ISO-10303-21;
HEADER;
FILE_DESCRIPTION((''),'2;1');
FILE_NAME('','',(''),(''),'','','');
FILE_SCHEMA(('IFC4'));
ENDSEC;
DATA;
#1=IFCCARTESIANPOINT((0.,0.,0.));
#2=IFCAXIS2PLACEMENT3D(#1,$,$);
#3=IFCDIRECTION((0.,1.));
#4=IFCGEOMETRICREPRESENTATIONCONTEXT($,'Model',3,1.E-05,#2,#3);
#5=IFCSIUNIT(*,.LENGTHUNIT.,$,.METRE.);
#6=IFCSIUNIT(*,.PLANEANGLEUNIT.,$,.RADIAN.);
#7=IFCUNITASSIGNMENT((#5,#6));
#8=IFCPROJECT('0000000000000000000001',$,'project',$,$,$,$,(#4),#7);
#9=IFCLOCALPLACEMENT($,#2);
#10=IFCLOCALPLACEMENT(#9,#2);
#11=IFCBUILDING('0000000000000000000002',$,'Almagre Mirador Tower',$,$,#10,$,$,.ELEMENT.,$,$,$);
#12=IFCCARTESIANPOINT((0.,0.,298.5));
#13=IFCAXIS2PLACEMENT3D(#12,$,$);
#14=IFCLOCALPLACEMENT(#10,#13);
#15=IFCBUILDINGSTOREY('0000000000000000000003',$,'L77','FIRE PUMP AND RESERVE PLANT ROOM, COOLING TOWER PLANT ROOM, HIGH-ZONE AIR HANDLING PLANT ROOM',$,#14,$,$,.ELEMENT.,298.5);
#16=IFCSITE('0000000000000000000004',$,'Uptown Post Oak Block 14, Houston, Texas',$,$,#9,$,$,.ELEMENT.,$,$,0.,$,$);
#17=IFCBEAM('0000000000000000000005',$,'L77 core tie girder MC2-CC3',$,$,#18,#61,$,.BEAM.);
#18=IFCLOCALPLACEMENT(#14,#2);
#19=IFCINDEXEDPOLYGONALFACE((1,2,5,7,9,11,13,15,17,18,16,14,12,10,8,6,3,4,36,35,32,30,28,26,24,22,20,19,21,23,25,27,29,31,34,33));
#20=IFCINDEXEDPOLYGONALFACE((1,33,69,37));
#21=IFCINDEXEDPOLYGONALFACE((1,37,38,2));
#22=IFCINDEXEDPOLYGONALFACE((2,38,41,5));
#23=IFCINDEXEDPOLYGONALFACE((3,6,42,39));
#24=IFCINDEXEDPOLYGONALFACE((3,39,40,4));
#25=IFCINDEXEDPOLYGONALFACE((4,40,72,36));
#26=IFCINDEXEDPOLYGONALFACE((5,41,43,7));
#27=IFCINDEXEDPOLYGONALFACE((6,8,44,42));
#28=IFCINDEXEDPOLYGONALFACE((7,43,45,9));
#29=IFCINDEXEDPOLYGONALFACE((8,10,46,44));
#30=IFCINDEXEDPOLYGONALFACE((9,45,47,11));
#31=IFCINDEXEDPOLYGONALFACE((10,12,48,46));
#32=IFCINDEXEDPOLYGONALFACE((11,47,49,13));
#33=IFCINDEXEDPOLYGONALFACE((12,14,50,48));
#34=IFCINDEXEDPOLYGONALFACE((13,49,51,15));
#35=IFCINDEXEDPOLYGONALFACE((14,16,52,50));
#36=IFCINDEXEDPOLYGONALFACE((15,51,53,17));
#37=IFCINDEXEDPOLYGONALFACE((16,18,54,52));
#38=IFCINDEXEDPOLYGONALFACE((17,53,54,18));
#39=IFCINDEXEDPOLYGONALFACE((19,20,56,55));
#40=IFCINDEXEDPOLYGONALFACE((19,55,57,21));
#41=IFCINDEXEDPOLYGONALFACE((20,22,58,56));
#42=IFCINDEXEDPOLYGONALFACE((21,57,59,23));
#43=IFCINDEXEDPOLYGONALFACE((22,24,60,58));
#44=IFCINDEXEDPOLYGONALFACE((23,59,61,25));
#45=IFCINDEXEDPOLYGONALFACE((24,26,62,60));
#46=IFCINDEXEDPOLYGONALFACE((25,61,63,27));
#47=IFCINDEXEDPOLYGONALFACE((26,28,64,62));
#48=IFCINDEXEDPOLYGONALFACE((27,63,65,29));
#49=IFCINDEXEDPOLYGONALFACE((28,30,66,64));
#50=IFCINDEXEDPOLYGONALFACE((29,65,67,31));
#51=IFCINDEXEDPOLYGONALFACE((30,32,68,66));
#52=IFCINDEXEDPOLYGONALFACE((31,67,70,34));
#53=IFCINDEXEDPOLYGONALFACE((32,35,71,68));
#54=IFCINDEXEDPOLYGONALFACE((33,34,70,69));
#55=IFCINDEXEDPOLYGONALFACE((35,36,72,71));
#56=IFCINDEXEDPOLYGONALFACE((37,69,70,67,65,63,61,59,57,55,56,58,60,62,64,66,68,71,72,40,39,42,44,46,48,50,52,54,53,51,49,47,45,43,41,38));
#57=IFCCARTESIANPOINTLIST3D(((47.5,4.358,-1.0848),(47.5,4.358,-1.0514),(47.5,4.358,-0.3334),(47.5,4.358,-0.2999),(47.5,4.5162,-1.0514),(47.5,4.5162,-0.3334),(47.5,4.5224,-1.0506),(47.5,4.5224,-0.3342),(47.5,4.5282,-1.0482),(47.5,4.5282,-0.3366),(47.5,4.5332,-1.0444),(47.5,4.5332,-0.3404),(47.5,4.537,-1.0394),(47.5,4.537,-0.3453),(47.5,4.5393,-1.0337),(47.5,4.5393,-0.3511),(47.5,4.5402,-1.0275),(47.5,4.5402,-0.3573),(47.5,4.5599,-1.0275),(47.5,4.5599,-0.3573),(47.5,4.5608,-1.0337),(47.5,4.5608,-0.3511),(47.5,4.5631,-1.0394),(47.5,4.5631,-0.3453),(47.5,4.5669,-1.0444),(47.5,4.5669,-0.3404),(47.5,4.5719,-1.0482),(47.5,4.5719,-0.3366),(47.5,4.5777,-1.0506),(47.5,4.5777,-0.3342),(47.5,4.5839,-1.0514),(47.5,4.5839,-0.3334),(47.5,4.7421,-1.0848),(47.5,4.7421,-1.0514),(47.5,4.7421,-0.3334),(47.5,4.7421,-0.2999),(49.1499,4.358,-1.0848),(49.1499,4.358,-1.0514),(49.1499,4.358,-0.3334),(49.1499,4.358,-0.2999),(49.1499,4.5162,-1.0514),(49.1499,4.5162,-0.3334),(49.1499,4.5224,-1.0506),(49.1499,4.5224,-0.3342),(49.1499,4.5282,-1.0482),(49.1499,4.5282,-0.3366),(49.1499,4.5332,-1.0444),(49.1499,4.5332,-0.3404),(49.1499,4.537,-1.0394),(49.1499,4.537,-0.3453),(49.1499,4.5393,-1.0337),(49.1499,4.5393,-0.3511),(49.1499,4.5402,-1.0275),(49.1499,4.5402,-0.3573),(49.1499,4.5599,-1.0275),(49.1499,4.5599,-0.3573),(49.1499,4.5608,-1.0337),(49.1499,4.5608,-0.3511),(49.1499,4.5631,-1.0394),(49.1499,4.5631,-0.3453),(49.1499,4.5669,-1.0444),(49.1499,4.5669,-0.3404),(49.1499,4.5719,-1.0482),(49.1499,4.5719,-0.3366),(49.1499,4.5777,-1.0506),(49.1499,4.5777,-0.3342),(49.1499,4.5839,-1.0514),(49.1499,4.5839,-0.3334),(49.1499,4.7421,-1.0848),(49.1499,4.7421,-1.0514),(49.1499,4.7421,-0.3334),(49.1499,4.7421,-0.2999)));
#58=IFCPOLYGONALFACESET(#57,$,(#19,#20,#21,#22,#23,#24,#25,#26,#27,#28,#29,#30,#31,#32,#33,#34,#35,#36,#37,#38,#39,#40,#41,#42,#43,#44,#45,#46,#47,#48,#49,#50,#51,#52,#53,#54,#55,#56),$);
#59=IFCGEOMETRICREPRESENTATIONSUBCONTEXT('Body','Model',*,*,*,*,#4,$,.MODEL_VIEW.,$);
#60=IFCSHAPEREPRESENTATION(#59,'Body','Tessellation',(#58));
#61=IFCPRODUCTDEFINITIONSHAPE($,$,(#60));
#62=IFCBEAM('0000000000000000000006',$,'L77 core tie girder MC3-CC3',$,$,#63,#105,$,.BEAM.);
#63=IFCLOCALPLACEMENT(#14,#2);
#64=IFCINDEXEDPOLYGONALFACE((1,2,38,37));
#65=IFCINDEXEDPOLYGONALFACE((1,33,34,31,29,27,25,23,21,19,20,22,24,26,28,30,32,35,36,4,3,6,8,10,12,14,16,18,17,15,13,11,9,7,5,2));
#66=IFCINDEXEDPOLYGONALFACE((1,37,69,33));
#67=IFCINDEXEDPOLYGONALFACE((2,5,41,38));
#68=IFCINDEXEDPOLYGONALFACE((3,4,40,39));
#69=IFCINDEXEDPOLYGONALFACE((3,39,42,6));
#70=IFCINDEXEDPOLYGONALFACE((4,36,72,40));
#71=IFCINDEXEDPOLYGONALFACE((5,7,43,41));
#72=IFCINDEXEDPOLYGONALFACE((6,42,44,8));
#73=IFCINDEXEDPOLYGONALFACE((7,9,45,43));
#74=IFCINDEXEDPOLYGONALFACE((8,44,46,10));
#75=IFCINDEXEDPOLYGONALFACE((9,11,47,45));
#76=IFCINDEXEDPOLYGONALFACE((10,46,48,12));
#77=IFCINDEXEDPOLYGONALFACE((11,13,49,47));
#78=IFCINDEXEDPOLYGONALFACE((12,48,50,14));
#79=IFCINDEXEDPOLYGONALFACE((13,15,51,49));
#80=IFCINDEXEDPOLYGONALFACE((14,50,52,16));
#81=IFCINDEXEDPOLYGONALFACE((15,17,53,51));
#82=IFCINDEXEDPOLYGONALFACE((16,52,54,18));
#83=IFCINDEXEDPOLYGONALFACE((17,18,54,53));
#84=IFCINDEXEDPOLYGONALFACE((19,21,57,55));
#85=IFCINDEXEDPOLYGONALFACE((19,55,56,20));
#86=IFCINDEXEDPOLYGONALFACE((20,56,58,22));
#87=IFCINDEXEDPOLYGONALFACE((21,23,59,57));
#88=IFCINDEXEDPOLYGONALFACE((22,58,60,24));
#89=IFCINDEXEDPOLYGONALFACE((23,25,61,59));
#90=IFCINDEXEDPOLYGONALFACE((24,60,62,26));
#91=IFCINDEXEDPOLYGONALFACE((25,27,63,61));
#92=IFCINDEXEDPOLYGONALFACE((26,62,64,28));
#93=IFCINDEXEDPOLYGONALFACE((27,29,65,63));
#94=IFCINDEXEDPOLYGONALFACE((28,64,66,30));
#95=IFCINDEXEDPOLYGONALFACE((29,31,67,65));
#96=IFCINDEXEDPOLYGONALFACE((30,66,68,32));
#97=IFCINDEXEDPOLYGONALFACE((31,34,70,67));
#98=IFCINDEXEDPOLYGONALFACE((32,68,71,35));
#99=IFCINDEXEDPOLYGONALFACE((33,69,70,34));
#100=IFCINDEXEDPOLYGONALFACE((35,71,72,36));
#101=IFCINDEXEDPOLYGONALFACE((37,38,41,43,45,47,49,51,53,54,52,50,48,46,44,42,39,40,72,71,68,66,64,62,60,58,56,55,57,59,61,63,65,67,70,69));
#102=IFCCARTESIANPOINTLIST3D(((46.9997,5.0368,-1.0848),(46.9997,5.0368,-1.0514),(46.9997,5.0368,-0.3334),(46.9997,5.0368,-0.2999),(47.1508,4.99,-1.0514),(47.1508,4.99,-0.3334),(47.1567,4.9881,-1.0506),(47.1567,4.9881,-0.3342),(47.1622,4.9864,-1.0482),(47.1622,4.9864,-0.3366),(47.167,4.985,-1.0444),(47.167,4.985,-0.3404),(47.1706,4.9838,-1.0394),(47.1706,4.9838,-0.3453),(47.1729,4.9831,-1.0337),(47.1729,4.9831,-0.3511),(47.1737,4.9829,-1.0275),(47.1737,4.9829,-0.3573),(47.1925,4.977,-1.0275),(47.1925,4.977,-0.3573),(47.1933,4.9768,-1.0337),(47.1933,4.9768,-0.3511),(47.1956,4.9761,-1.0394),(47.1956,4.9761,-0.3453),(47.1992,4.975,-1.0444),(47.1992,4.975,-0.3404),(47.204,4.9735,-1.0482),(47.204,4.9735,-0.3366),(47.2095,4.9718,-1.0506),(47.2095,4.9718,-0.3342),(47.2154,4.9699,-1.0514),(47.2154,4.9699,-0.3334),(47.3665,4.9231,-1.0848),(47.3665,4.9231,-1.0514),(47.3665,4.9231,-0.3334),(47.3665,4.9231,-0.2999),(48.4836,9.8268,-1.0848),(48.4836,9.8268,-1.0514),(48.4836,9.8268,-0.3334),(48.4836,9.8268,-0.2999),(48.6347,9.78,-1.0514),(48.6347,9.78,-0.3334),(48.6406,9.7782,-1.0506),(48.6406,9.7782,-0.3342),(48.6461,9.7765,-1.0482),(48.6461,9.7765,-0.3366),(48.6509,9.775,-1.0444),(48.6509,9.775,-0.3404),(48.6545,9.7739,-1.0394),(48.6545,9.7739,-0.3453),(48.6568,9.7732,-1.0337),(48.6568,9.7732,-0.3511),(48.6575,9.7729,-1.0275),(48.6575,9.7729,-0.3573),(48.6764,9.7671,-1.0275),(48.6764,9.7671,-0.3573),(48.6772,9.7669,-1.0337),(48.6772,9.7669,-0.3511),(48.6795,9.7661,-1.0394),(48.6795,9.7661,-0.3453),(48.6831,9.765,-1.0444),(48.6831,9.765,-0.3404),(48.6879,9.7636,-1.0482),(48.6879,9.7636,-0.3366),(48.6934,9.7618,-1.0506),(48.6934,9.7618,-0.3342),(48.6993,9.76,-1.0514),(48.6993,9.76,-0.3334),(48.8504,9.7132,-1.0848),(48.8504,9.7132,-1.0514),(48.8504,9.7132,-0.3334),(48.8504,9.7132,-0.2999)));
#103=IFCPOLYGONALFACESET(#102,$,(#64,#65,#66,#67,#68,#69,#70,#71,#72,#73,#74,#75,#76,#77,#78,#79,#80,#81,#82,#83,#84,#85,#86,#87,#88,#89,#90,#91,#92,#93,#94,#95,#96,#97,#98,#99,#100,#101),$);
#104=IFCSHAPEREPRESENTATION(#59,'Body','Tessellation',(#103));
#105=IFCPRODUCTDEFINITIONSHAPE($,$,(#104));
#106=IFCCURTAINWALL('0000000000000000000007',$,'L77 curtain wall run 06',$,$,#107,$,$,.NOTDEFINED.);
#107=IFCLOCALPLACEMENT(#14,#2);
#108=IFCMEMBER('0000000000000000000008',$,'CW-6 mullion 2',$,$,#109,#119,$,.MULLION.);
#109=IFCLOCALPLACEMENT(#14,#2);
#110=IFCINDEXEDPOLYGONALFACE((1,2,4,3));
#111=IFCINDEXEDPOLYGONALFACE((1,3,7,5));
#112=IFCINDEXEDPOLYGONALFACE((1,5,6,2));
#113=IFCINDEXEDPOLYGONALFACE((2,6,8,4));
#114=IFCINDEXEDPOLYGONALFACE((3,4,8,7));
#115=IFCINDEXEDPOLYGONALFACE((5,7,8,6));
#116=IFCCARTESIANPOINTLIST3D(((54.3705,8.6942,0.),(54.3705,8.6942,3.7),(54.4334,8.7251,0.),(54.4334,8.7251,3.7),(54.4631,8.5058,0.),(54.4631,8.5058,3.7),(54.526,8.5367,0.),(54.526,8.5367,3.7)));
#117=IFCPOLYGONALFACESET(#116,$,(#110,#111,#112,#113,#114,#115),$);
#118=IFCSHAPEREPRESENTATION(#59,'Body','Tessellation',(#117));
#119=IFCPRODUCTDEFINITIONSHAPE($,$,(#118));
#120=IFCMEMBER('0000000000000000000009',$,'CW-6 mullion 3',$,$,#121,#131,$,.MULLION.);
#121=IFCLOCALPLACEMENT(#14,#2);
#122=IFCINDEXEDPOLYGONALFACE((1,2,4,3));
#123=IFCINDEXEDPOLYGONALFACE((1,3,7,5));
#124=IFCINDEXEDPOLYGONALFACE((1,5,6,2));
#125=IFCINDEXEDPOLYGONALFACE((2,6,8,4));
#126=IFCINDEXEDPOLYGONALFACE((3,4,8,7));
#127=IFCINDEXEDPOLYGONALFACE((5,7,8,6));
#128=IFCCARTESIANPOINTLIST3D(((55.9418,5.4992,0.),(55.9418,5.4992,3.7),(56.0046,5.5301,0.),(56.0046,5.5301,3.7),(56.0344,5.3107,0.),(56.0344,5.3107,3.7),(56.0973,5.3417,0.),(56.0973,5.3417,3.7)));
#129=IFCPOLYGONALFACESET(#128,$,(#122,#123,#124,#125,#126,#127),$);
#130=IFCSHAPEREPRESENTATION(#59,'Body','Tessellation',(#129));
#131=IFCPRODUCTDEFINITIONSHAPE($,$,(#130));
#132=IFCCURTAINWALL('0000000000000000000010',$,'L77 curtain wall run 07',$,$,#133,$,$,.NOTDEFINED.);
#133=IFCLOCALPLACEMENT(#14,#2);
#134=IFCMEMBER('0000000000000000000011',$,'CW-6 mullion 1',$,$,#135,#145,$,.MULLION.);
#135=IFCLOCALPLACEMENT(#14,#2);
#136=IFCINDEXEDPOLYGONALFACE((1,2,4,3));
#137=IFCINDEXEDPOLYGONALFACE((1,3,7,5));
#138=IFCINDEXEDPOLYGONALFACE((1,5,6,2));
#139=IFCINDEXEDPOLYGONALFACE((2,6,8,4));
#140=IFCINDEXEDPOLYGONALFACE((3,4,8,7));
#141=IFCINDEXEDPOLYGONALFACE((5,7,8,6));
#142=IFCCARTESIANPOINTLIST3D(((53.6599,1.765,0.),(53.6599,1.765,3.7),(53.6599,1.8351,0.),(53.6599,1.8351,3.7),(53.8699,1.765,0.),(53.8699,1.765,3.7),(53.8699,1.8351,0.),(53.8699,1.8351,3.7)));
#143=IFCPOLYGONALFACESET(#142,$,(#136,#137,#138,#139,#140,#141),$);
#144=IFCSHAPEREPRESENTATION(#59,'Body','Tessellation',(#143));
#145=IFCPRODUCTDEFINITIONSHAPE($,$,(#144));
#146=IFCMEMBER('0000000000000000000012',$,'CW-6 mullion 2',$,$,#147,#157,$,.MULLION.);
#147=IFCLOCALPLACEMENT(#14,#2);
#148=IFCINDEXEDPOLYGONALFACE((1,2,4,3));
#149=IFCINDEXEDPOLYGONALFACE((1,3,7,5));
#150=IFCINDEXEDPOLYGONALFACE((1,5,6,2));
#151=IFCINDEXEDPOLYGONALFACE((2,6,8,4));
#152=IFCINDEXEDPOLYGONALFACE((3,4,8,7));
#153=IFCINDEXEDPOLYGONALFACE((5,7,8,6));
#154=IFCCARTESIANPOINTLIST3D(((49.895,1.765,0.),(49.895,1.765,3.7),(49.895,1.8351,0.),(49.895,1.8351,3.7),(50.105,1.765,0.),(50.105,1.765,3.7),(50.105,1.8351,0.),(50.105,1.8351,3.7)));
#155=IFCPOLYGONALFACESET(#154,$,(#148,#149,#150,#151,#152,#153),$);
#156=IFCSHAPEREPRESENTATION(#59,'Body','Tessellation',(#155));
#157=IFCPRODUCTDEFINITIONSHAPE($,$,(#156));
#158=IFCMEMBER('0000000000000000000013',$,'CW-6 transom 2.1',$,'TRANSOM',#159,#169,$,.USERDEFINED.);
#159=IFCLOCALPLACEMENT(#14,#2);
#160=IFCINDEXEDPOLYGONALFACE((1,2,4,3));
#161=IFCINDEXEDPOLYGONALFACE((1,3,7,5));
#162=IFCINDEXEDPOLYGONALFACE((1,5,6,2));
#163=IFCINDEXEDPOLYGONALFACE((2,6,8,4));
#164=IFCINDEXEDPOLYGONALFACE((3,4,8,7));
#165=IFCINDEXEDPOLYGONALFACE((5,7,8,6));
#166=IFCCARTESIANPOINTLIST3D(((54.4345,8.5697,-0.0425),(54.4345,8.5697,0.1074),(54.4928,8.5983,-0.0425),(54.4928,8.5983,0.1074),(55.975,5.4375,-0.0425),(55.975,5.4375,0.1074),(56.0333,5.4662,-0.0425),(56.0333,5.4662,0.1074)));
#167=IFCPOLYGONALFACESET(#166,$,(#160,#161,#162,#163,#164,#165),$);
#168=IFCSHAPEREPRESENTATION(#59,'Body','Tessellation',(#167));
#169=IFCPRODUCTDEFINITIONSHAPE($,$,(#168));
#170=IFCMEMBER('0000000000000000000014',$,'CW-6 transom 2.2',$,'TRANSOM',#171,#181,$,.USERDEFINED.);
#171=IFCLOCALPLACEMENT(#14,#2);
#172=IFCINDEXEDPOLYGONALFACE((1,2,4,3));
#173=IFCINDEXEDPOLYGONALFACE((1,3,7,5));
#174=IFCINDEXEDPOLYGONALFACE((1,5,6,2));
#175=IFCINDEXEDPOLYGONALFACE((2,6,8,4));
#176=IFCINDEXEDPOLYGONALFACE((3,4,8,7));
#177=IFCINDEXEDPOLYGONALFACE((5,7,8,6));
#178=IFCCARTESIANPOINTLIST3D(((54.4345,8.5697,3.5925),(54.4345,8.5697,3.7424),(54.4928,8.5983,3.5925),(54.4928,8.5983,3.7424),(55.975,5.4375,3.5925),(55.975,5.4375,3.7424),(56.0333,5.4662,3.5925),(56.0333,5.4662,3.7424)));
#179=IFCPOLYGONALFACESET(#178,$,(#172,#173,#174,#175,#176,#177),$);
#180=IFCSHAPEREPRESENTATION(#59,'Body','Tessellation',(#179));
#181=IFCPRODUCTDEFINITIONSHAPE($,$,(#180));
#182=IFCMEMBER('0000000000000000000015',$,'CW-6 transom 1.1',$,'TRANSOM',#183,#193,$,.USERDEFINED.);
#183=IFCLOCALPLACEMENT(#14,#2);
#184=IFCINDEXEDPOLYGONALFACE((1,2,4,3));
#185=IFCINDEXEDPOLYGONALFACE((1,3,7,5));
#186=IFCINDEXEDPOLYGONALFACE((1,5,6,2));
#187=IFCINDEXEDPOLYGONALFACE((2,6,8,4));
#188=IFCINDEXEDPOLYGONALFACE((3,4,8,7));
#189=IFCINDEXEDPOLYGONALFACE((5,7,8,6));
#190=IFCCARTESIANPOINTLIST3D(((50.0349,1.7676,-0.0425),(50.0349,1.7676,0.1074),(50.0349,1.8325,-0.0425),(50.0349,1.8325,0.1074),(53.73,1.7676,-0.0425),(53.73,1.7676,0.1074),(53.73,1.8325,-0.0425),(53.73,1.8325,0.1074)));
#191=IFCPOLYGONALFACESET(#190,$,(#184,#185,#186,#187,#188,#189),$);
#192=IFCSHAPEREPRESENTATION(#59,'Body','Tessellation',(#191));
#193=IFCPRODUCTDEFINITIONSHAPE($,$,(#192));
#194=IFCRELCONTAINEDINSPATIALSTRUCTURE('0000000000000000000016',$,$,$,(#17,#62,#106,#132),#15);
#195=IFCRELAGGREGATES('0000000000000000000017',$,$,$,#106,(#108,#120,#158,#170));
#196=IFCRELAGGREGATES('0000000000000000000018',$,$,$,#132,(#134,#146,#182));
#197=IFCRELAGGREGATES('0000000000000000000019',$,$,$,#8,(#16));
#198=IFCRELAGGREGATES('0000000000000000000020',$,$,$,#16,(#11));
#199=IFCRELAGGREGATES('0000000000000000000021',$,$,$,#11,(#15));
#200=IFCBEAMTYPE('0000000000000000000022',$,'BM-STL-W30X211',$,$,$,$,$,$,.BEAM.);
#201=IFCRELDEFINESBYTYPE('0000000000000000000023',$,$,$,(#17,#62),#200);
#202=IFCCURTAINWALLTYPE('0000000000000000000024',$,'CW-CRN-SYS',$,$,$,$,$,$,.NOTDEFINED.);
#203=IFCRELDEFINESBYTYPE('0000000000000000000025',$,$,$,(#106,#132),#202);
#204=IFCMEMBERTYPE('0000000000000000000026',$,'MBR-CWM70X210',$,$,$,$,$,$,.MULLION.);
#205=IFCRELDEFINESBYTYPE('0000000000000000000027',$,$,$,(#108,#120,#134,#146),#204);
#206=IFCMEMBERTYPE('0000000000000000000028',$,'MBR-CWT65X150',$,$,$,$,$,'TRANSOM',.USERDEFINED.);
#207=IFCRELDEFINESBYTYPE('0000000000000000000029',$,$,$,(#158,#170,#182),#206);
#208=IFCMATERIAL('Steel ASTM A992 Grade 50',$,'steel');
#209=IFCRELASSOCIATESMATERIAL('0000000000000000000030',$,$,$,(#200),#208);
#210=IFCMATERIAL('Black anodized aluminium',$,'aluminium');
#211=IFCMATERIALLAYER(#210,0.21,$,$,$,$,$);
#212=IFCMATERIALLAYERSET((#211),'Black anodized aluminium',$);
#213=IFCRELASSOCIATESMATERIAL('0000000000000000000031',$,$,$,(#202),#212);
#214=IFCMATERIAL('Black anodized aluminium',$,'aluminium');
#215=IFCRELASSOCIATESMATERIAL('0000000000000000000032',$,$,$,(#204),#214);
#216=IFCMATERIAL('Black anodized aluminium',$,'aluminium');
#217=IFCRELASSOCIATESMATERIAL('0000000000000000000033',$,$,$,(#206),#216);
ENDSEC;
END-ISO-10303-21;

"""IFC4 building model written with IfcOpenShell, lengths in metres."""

from ifc_helpers import new_model, si_unit, direction, frame, origin, origin_2d, place, context, subcontext, project, spatial, rectangle, i_section, extrude, material, layer, layer_set, material_profile, profile_set, type_object, element, aggregate, save


model = new_model("IFC4")

# Units and contexts
model_context = context("Model", 3, precision=1e-05, world=origin(), true_north=direction((0.0, 1.0)))
body_context = subcontext(model_context, "Body", "Model", "MODEL_VIEW")
ifc_project = project(units=[si_unit("LENGTHUNIT", "METRE"), si_unit("PLANEANGLEUNIT", "RADIAN")], contexts=[model_context])

# Site, building, storey
site_placement = place(None, origin())
site = spatial("IfcSite", under=ifc_project, at=site_placement, Name="Uptown Post Oak Block 14, Houston, Texas", CompositionType="ELEMENT", RefElevation=0.0)
building_placement = place(site_placement, origin())
building = spatial("IfcBuilding", under=site, at=building_placement, Name="Almagre Mirador Tower", CompositionType="ELEMENT")
storey_placement = place(building_placement, frame((0.0, 0.0, 298.5)))
storey = spatial("IfcBuildingStorey", under=building, at=storey_placement, Name="L77", Description="FIRE PUMP AND RESERVE PLANT ROOM, COOLING TOWER PLANT ROOM, HIGH-ZONE AIR HANDLING PLANT ROOM", CompositionType="ELEMENT", Elevation=298.5)

# Beams
ifc_material_1 = material(Name="Steel ASTM A992 Grade 50", Category="steel")
ifc_material_profile_1 = material_profile(ifc_material_1, i_section(OverallWidth=0.384, OverallDepth=0.7849, WebThickness=0.0198, FlangeThickness=0.0334, FilletRadius=0.0239, at=origin_2d()), Name="W30X211")
ifc_profile_set_1 = profile_set([ifc_material_profile_1], Name="Steel ASTM A992 Grade 50")
beam_type_1 = type_object("IfcBeamType", Name="BM-STL-W30X211", PredefinedType="BEAM", material=ifc_profile_set_1)
beam_1_placement = place(storey_placement, frame((49.1499, 4.55, -0.6924), z_axis=(-1.0, 0.0, 0.0), x_axis=(0.0, -1.0, 0.0)))
element("IfcBeam", 1, at=beam_1_placement, inside=storey, type_object=beam_type_1, Name="L77 core tie girder MC2-CC3", PredefinedType="BEAM", context=body_context, shape_type="SweptSolid", body=[
    extrude(i_section(OverallWidth=0.384, OverallDepth=0.7849, WebThickness=0.0198, FlangeThickness=0.0334, FilletRadius=0.0239, at=origin_2d()), origin(), (0.0, 0.0, 1.0), 1.6499),
])
beam_2_placement = place(storey_placement, frame((48.667, 9.77, -0.6924), z_axis=(-0.295912, -0.955215, 0.0), x_axis=(0.955215, -0.295912, 0.0)))
element("IfcBeam", 2, at=beam_2_placement, inside=storey, type_object=beam_type_1, Name="L77 core tie girder MC3-CC3", PredefinedType="BEAM", context=body_context, shape_type="SweptSolid", body=[
    extrude(i_section(OverallWidth=0.384, OverallDepth=0.7849, WebThickness=0.0198, FlangeThickness=0.0334, FilletRadius=0.0239, at=origin_2d()), origin(), (0.0, 0.0, 1.0), 5.0146),
])

# Curtain walls, members
ifc_material_2 = material(Name="Black anodized aluminium", Category="aluminium")
ifc_layer_1 = layer(ifc_material_2, 0.21)
ifc_layer_set_1 = layer_set([ifc_layer_1], Name="Black anodized aluminium")
curtain_wall_type = type_object("IfcCurtainWallType", Name="CW-CRN-SYS", PredefinedType="NOTDEFINED", material=ifc_layer_set_1)
curtain_wall_1_placement = place(storey_placement, origin())
curtain_wall_1 = element("IfcCurtainWall", 3, at=curtain_wall_1_placement, inside=storey, type_object=curtain_wall_type, Name="L77 curtain wall run 06", PredefinedType="NOTDEFINED")
ifc_material_3 = material(Name="Black anodized aluminium", Category="aluminium")
ifc_material_profile_2 = material_profile(ifc_material_3, rectangle(XDim=0.0701, YDim=0.21, at=origin_2d()), Name="CWM70X210")
ifc_profile_set_2 = profile_set([ifc_material_profile_2], Name="Black anodized aluminium")
member_type_1 = type_object("IfcMemberType", Name="MBR-CWM70X210", PredefinedType="MULLION", material=ifc_profile_set_2)
member_1_placement = place(storey_placement, frame((54.4482, 8.6155, 0.0), z_axis=(0.0, 0.0, 1.0), x_axis=(0.897356, 0.441308, 0.0)))
member_1 = element("IfcMember", 4, at=member_1_placement, type_object=member_type_1, Name="CW-6 mullion 2", PredefinedType="MULLION", context=body_context, shape_type="SweptSolid", body=[
    extrude(rectangle(XDim=0.0701, YDim=0.21, at=origin_2d()), origin(), (0.0, 0.0, 1.0), 3.7),
])
member_2_placement = place(storey_placement, frame((56.0195, 5.4204, 0.0), z_axis=(0.0, 0.0, 1.0), x_axis=(0.897356, 0.441308, 0.0)))
member_2 = element("IfcMember", 5, at=member_2_placement, type_object=member_type_1, Name="CW-6 mullion 3", PredefinedType="MULLION", context=body_context, shape_type="SweptSolid", body=[
    extrude(rectangle(XDim=0.0701, YDim=0.21, at=origin_2d()), origin(), (0.0, 0.0, 1.0), 3.7),
])
curtain_wall_2_placement = place(storey_placement, origin())
curtain_wall_2 = element("IfcCurtainWall", 6, at=curtain_wall_2_placement, inside=storey, type_object=curtain_wall_type, Name="L77 curtain wall run 07", PredefinedType="NOTDEFINED")
member_3_placement = place(storey_placement, frame((53.7649, 1.8, 0.0), z_axis=(0.0, 0.0, 1.0), x_axis=(0.0, -1.0, 0.0)))
member_3 = element("IfcMember", 7, at=member_3_placement, type_object=member_type_1, Name="CW-6 mullion 1", PredefinedType="MULLION", context=body_context, shape_type="SweptSolid", body=[
    extrude(rectangle(XDim=0.0701, YDim=0.21, at=origin_2d()), origin(), (0.0, 0.0, 1.0), 3.7),
])
member_4_placement = place(storey_placement, frame((50.0, 1.8, 0.0), z_axis=(0.0, 0.0, 1.0), x_axis=(0.0, -1.0, 0.0)))
member_4 = element("IfcMember", 8, at=member_4_placement, type_object=member_type_1, Name="CW-6 mullion 2", PredefinedType="MULLION", context=body_context, shape_type="SweptSolid", body=[
    extrude(rectangle(XDim=0.0701, YDim=0.21, at=origin_2d()), origin(), (0.0, 0.0, 1.0), 3.7),
])

# Members
ifc_material_4 = material(Name="Black anodized aluminium", Category="aluminium")
ifc_material_profile_3 = material_profile(ifc_material_4, rectangle(XDim=0.0649, YDim=0.1499, at=origin_2d()), Name="CWT65X150")
ifc_profile_set_3 = profile_set([ifc_material_profile_3], Name="Black anodized aluminium")
member_type_2 = type_object("IfcMemberType", Name="MBR-CWT65X150", ElementType="TRANSOM", PredefinedType="USERDEFINED", material=ifc_profile_set_3)
member_5_placement = place(storey_placement, frame((54.4636, 8.584, 0.0325), z_axis=(0.441357, -0.897332, 0.0), x_axis=(0.897332, 0.441357, 0.0)))
member_5 = element("IfcMember", 9, at=member_5_placement, type_object=member_type_2, Name="CW-6 transom 2.1", ObjectType="TRANSOM", PredefinedType="USERDEFINED", context=body_context, shape_type="SweptSolid", body=[
    extrude(rectangle(XDim=0.0649, YDim=0.1499, at=origin_2d()), origin(), (0.0, 0.0, 1.0), 3.4905),
])
member_6_placement = place(storey_placement, frame((54.4636, 8.584, 3.6675), z_axis=(0.441357, -0.897332, 0.0), x_axis=(0.897332, 0.441357, 0.0)))
member_6 = element("IfcMember", 10, at=member_6_placement, type_object=member_type_2, Name="CW-6 transom 2.2", ObjectType="TRANSOM", PredefinedType="USERDEFINED", context=body_context, shape_type="SweptSolid", body=[
    extrude(rectangle(XDim=0.0649, YDim=0.1499, at=origin_2d()), origin(), (0.0, 0.0, 1.0), 3.4905),
])
member_7_placement = place(storey_placement, frame((53.73, 1.8, 0.0325), z_axis=(-1.0, 0.0, 0.0), x_axis=(0.0, -1.0, 0.0)))
member_7 = element("IfcMember", 11, at=member_7_placement, type_object=member_type_2, Name="CW-6 transom 1.1", ObjectType="TRANSOM", PredefinedType="USERDEFINED", context=body_context, shape_type="SweptSolid", body=[
    extrude(rectangle(XDim=0.0649, YDim=0.1499, at=origin_2d()), origin(), (0.0, 0.0, 1.0), 3.6951),
])

aggregate(curtain_wall_1, [member_1, member_2, member_5, member_6])
aggregate(curtain_wall_2, [member_3, member_4, member_7])

save(model, "model.ifc")
